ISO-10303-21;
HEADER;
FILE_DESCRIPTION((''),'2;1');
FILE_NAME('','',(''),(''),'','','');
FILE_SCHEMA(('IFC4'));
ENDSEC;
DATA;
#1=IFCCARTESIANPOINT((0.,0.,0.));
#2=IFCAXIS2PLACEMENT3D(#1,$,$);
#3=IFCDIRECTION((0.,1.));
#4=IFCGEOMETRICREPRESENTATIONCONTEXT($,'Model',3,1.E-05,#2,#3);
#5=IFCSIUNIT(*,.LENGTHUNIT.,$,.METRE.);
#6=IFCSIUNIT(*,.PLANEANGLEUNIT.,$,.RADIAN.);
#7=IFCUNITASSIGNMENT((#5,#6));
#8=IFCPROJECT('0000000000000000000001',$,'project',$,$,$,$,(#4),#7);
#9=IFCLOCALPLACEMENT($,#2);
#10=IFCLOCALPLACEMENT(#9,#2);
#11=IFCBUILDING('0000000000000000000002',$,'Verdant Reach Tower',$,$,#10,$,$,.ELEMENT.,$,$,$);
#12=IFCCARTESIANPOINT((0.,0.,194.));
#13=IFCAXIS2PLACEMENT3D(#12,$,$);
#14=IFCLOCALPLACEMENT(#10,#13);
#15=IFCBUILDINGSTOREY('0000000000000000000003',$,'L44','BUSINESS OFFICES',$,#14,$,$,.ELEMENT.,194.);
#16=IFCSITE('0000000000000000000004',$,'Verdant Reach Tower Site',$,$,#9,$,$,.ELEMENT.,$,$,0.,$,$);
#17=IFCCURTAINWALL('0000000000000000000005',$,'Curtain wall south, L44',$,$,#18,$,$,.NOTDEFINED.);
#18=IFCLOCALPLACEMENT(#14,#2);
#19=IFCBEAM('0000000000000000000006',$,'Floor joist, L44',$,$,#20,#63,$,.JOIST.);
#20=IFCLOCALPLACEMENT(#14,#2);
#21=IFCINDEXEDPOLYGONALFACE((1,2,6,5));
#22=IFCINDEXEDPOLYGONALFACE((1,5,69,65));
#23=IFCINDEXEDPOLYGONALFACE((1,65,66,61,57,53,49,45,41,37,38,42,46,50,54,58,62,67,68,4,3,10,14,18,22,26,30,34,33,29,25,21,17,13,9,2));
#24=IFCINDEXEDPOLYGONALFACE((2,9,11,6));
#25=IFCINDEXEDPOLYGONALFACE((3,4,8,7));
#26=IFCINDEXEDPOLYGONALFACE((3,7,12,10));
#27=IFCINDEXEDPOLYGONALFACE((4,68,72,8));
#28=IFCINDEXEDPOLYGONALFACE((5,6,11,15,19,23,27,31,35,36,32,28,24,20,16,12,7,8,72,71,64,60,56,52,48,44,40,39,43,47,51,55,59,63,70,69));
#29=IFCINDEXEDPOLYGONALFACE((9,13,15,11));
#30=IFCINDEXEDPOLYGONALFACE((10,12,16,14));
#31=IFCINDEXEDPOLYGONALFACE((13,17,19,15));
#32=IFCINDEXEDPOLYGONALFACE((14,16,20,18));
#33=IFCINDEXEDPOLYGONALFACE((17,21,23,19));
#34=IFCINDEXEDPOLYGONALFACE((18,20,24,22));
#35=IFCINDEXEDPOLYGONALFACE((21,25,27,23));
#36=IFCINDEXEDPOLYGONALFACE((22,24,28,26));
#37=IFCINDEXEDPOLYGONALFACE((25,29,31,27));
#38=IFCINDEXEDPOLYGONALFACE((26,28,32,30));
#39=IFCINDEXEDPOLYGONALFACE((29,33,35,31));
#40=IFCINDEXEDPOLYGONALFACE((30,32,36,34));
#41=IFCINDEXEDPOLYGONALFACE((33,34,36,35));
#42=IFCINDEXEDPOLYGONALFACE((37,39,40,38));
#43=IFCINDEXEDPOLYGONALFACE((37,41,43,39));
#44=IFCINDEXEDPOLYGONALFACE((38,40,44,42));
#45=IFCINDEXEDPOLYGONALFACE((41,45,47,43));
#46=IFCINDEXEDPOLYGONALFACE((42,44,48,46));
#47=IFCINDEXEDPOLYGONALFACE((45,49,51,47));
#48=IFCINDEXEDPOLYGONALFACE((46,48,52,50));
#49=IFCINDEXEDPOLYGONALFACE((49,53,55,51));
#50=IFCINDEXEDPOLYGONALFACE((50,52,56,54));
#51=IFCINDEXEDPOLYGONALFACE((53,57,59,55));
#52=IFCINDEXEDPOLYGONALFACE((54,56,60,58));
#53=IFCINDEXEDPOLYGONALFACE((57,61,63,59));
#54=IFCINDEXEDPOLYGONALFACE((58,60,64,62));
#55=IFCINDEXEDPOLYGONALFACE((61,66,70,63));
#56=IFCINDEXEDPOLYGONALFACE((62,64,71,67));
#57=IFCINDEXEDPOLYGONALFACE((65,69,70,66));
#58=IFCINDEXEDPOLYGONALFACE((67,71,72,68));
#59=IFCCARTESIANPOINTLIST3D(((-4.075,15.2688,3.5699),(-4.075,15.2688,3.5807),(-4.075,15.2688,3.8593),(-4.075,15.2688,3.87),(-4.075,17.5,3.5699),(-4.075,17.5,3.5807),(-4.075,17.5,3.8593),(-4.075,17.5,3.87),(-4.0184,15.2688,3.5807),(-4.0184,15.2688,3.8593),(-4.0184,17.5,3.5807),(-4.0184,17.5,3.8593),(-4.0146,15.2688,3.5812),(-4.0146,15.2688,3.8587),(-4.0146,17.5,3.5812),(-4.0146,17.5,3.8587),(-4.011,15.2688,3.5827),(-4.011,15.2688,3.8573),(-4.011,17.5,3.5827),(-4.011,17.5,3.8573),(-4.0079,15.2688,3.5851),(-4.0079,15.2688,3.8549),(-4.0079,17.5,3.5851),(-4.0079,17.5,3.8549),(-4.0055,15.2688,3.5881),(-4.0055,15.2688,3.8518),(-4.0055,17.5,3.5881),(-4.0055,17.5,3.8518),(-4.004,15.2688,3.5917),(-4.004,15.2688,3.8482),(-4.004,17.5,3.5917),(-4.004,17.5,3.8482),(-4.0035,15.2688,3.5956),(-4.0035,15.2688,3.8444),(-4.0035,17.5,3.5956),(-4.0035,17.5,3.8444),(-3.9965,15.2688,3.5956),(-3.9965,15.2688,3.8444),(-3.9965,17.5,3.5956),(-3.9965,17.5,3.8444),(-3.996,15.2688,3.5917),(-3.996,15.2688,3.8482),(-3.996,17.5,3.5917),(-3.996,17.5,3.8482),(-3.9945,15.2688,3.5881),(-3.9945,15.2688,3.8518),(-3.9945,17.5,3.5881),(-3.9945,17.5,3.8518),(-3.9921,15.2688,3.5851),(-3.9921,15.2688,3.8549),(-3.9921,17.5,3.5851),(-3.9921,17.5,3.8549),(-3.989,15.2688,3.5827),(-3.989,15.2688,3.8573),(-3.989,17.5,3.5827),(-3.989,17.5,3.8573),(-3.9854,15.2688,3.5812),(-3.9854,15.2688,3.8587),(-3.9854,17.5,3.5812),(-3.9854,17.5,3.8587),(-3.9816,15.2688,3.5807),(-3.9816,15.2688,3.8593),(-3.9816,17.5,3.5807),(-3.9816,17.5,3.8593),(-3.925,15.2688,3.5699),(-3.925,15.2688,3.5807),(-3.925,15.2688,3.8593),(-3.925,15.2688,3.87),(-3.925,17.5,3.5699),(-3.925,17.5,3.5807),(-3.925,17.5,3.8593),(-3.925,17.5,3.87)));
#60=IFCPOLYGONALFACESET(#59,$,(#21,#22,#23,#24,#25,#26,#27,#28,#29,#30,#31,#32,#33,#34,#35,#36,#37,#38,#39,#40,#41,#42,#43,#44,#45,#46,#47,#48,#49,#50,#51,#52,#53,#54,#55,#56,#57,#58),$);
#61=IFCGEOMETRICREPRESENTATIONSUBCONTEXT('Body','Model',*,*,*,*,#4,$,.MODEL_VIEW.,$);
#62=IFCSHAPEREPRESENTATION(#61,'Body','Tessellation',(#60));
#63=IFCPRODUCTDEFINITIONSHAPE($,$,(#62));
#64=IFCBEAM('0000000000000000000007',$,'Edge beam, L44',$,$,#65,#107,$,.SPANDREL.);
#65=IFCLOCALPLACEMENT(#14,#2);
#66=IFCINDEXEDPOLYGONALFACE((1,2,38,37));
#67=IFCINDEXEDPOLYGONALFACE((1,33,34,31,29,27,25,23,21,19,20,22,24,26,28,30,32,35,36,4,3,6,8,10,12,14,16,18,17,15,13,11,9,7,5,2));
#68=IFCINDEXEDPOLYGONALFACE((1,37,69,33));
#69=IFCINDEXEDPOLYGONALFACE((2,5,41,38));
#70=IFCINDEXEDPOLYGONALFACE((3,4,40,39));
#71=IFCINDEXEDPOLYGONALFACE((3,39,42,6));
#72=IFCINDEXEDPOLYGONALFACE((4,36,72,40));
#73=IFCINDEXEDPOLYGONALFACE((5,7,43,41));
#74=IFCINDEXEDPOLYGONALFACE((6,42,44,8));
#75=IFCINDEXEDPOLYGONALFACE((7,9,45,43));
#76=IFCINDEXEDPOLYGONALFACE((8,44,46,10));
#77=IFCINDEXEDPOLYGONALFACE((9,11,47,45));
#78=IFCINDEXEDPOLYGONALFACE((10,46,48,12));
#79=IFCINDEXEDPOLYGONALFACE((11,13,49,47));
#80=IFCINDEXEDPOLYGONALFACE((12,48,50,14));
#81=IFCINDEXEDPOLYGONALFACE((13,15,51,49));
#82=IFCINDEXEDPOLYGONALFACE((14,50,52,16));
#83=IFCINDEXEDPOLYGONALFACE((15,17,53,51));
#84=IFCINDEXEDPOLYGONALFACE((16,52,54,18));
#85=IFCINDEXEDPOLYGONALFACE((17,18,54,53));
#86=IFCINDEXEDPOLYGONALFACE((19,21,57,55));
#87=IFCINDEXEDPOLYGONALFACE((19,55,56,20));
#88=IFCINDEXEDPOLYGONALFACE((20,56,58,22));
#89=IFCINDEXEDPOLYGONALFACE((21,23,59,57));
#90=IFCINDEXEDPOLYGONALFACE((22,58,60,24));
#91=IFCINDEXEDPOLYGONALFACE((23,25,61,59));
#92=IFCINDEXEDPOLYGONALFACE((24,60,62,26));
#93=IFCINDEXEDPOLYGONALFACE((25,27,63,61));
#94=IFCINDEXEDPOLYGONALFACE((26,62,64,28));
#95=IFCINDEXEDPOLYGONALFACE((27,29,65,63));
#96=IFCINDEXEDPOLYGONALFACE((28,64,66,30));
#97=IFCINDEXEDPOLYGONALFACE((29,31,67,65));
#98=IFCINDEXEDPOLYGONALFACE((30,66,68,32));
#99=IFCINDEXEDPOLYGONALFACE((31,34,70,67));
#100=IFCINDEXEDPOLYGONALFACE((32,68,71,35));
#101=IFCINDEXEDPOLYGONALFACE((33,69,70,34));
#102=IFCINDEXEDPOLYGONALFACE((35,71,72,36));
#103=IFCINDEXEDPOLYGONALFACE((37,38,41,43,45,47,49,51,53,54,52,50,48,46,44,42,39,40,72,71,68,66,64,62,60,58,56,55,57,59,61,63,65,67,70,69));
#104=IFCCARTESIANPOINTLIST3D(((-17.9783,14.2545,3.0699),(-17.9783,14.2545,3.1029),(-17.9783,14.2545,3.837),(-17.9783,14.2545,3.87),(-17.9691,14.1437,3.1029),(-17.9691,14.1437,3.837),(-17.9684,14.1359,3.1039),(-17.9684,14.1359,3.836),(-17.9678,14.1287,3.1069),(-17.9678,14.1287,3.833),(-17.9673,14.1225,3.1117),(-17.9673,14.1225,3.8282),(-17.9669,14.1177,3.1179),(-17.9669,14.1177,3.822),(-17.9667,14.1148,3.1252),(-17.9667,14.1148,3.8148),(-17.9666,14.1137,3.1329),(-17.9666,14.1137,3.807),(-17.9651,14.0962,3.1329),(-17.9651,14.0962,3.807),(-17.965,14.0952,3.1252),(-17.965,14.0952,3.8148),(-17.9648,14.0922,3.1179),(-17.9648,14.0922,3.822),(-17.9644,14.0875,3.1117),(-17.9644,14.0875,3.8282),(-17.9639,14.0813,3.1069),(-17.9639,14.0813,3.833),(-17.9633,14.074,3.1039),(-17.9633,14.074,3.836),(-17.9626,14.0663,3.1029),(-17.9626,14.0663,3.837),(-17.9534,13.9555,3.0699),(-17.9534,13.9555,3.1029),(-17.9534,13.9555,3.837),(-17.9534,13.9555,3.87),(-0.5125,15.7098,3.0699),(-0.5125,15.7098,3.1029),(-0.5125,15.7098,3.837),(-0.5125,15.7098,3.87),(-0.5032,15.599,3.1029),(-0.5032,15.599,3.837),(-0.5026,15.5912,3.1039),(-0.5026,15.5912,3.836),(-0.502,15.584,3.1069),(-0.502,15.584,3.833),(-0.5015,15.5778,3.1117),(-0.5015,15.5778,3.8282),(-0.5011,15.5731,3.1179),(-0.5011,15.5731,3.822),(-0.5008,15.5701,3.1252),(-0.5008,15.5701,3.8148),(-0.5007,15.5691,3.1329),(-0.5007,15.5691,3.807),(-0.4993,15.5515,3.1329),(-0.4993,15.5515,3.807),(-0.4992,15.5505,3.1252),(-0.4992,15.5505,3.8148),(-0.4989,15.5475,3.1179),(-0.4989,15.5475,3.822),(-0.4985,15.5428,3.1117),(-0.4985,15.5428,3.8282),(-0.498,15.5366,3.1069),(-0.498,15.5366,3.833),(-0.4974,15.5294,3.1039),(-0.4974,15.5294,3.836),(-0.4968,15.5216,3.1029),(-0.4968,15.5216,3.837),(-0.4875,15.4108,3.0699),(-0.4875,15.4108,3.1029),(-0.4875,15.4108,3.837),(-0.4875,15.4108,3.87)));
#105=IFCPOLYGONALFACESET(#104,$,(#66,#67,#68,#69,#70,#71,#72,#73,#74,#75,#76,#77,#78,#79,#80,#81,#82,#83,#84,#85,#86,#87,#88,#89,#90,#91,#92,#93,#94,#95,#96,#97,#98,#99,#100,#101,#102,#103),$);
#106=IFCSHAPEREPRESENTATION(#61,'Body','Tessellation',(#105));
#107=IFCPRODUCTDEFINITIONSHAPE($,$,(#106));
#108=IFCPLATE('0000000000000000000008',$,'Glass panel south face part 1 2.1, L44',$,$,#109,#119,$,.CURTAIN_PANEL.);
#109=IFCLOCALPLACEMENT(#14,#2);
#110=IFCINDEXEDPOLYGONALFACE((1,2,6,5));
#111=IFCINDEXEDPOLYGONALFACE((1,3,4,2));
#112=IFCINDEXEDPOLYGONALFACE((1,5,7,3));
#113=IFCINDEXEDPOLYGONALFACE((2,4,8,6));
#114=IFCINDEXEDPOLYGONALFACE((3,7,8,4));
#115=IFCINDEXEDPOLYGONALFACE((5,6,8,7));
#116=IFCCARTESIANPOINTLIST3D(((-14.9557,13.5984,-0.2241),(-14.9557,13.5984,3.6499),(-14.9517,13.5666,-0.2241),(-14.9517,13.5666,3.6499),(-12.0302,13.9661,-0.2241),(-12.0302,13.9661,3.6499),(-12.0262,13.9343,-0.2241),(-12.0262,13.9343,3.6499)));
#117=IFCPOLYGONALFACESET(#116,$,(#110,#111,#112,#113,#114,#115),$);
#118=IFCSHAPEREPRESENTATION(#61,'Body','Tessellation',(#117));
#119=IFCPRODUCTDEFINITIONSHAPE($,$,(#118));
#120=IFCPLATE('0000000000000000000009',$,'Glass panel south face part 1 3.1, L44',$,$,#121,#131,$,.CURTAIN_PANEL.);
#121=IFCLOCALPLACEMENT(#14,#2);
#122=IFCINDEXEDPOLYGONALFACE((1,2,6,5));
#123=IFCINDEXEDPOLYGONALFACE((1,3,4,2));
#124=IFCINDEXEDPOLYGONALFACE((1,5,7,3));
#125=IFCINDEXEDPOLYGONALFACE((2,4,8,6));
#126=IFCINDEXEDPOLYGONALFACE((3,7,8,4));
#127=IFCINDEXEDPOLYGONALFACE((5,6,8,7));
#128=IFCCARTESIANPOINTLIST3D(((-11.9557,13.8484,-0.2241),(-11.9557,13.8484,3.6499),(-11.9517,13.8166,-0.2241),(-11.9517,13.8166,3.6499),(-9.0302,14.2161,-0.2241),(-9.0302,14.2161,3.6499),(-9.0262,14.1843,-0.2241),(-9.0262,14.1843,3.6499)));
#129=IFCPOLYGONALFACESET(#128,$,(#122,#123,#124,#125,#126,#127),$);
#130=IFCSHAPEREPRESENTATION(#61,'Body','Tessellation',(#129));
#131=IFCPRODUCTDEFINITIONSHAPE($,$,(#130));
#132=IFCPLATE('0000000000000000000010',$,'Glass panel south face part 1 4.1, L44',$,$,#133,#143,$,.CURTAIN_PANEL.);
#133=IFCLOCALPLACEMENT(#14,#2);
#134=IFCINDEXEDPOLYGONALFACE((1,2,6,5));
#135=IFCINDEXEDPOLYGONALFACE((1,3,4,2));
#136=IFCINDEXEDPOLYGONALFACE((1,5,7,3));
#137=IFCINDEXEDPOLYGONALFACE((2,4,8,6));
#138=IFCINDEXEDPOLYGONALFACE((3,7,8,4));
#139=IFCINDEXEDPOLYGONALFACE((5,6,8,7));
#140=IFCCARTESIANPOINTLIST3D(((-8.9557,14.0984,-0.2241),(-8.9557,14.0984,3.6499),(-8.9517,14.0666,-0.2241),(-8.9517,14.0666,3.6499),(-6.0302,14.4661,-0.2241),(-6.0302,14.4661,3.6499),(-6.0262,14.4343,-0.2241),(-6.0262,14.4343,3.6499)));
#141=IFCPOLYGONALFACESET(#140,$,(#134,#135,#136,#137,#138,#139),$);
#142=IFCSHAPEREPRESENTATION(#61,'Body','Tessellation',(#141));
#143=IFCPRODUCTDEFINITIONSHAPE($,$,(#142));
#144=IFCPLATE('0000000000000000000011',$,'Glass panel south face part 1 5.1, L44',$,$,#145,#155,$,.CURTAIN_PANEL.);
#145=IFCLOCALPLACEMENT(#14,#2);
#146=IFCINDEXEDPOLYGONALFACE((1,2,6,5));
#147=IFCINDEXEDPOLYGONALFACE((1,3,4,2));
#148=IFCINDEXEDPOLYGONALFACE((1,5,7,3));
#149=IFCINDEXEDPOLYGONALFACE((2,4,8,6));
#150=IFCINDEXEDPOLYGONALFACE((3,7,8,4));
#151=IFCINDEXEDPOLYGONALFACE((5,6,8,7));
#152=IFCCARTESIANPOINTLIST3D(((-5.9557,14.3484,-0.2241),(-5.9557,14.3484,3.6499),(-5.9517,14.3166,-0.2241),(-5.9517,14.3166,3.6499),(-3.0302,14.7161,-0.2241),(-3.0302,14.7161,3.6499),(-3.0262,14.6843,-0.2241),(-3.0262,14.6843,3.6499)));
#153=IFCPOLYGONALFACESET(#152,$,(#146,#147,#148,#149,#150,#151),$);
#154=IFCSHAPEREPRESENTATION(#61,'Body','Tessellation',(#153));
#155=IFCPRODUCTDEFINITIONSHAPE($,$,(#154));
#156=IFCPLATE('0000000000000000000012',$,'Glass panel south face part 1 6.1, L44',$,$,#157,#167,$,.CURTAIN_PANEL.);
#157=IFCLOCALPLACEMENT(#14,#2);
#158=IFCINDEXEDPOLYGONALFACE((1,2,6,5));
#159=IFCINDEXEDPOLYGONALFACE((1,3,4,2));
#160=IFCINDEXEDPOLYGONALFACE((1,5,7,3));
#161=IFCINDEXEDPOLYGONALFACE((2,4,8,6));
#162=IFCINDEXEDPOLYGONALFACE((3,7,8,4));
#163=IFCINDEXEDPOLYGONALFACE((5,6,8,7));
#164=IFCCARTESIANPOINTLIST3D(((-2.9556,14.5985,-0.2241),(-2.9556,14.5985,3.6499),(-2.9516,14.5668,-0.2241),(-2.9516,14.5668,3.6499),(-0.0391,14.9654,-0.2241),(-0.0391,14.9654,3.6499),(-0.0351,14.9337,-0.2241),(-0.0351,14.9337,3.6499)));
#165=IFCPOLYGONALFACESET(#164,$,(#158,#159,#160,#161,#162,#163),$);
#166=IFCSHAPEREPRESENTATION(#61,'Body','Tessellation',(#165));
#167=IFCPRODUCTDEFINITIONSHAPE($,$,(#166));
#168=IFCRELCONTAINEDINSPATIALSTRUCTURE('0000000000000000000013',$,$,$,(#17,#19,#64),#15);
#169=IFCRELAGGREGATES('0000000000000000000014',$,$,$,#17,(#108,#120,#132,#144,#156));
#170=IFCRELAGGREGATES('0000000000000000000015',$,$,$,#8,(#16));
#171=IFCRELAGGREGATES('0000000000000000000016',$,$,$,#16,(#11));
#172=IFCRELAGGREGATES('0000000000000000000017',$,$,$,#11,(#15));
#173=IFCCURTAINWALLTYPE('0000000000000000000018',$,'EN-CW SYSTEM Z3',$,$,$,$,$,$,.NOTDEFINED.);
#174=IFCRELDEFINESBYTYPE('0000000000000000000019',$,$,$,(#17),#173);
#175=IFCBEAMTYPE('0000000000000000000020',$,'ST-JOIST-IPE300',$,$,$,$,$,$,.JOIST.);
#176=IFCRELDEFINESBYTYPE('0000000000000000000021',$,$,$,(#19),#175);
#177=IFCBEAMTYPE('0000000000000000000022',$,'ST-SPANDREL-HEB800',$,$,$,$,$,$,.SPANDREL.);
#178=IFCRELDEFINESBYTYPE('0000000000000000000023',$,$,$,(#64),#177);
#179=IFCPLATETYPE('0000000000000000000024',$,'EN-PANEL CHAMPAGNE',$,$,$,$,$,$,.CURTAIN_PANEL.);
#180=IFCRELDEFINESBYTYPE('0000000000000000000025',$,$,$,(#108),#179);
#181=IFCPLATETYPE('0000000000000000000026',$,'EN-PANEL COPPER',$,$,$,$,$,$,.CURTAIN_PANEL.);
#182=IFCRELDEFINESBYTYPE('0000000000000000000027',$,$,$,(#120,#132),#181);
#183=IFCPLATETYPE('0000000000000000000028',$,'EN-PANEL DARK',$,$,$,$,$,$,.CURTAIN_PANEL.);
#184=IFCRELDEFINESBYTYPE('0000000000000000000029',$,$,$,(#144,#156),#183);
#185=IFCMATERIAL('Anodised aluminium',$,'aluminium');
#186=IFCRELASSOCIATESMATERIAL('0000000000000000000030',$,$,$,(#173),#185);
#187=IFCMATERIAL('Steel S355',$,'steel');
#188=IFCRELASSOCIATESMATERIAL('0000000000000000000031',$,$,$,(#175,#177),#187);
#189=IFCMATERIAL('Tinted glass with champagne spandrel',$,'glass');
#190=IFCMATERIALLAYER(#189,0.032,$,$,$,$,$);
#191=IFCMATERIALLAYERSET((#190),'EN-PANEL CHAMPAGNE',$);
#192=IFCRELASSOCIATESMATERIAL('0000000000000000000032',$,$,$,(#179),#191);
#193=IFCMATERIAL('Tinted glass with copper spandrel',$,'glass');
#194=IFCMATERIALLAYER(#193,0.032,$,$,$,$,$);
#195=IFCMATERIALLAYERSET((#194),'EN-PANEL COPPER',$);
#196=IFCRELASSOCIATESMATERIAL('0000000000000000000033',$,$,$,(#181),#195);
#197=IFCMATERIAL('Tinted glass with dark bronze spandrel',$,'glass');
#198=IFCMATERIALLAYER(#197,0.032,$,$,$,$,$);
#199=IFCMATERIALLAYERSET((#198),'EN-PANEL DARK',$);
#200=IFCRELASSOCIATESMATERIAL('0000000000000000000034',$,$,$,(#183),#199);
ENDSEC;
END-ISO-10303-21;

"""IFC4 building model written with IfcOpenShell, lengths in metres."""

from ifc_helpers import new_model, si_unit, direction, frame, origin, origin_2d, place, context, subcontext, project, spatial, rectangle, i_section, extrude, material, layer, layer_set, material_profile, profile_set, type_object, element, aggregate, save


model = new_model("IFC4")

# Units and contexts
model_context = context("Model", 3, precision=1e-05, world=origin(), true_north=direction((0.0, 1.0)))
body_context = subcontext(model_context, "Body", "Model", "MODEL_VIEW")
ifc_project = project(units=[si_unit("LENGTHUNIT", "METRE"), si_unit("PLANEANGLEUNIT", "RADIAN")], contexts=[model_context])

# Site, building, storey
site_placement = place(None, origin())
site = spatial("IfcSite", under=ifc_project, at=site_placement, Name="Verdant Reach Tower Site", CompositionType="ELEMENT", RefElevation=0.0)
building_placement = place(site_placement, origin())
building = spatial("IfcBuilding", under=site, at=building_placement, Name="Verdant Reach Tower", CompositionType="ELEMENT")
storey_placement = place(building_placement, frame((0.0, 0.0, 194.0)))
storey = spatial("IfcBuildingStorey", under=building, at=storey_placement, Name="L44", Description="BUSINESS OFFICES", CompositionType="ELEMENT", Elevation=194.0)

# Curtain wall
ifc_material_1 = material(Name="Anodised aluminium", Category="aluminium")
curtain_wall_type = type_object("IfcCurtainWallType", Name="EN-CW SYSTEM Z3", PredefinedType="NOTDEFINED", material=ifc_material_1)
curtain_wall_placement = place(storey_placement, origin())
curtain_wall = element("IfcCurtainWall", 1, at=curtain_wall_placement, inside=storey, type_object=curtain_wall_type, Name="Curtain wall south, L44", PredefinedType="NOTDEFINED")

# Beams
ifc_material_2 = material(Name="Steel S355", Category="steel")
ifc_material_profile_1 = material_profile(ifc_material_2, i_section(OverallWidth=0.1499, OverallDepth=0.3, WebThickness=0.0071, FlangeThickness=0.0107, FilletRadius=0.0149, at=origin_2d()), Name="IPE 300")
ifc_profile_set_1 = profile_set([ifc_material_profile_1], Name="Steel S355")
beam_type_1 = type_object("IfcBeamType", Name="ST-JOIST-IPE300", PredefinedType="JOIST", material=ifc_profile_set_1)
beam_1_placement = place(storey_placement, frame((-4.0, 17.5, 3.72), z_axis=(0.0, -1.0, 0.0), x_axis=(1.0, 0.0, 0.0)))
element("IfcBeam", 2, at=beam_1_placement, inside=storey, type_object=beam_type_1, Name="Floor joist, L44", PredefinedType="JOIST", context=body_context, shape_type="SweptSolid", body=[
    extrude(i_section(OverallWidth=0.1499, OverallDepth=0.3, WebThickness=0.0071, FlangeThickness=0.0107, FilletRadius=0.0149, at=origin_2d()), origin(), (0.0, 0.0, 1.0), 2.2312),
])
ifc_material_profile_2 = material_profile(ifc_material_2, i_section(OverallWidth=0.3, OverallDepth=0.8, WebThickness=0.0176, FlangeThickness=0.033, FilletRadius=0.03, at=origin_2d()), Name="HEB 800")
ifc_profile_set_2 = profile_set([ifc_material_profile_2], Name="Steel S355")
beam_type_2 = type_object("IfcBeamType", Name="ST-SPANDREL-HEB800", PredefinedType="SPANDREL", material=ifc_profile_set_2)
beam_2_placement = place(storey_placement, frame((-0.5, 15.5603, 3.47), z_axis=(-0.996547, -0.083036, 0.0), x_axis=(0.083036, -0.996547, 0.0)))
element("IfcBeam", 3, at=beam_2_placement, inside=storey, type_object=beam_type_2, Name="Edge beam, L44", PredefinedType="SPANDREL", context=body_context, shape_type="SweptSolid", body=[
    extrude(i_section(OverallWidth=0.3, OverallDepth=0.8, WebThickness=0.0176, FlangeThickness=0.033, FilletRadius=0.03, at=origin_2d()), origin(), (0.0, 0.0, 1.0), 17.5264),
])

# Plates
ifc_material_3 = material(Name="Tinted glass with champagne spandrel", Category="glass")
ifc_layer_1 = layer(ifc_material_3, 0.032)
ifc_layer_set_1 = layer_set([ifc_layer_1], Name="EN-PANEL CHAMPAGNE")
plate_type_1 = type_object("IfcPlateType", Name="EN-PANEL CHAMPAGNE", PredefinedType="CURTAIN_PANEL", material=ifc_layer_set_1)
plate_1_placement = place(storey_placement, frame((-13.491, 13.7664, -0.2241), z_axis=(0.0, 0.0, 1.0), x_axis=(0.992194, 0.124704, 0.0)))
plate_1 = element("IfcPlate", 4, at=plate_1_placement, type_object=plate_type_1, Name="Glass panel south face part 1 2.1, L44", PredefinedType="CURTAIN_PANEL", context=body_context, shape_type="SweptSolid", body=[
    extrude(rectangle(XDim=2.9485, YDim=0.032, at=origin_2d()), origin(), (0.0, 0.0, 1.0), 3.874),
])
ifc_material_4 = material(Name="Tinted glass with copper spandrel", Category="glass")
ifc_layer_2 = layer(ifc_material_4, 0.032)
ifc_layer_set_2 = layer_set([ifc_layer_2], Name="EN-PANEL COPPER")
plate_type_2 = type_object("IfcPlateType", Name="EN-PANEL COPPER", PredefinedType="CURTAIN_PANEL", material=ifc_layer_set_2)
plate_2_placement = place(storey_placement, frame((-10.491, 14.0164, -0.2241), z_axis=(0.0, 0.0, 1.0), x_axis=(0.992194, 0.124704, 0.0)))
plate_2 = element("IfcPlate", 5, at=plate_2_placement, type_object=plate_type_2, Name="Glass panel south face part 1 3.1, L44", PredefinedType="CURTAIN_PANEL", context=body_context, shape_type="SweptSolid", body=[
    extrude(rectangle(XDim=2.9485, YDim=0.032, at=origin_2d()), origin(), (0.0, 0.0, 1.0), 3.874),
])
plate_3_placement = place(storey_placement, frame((-7.491, 14.2664, -0.2241), z_axis=(0.0, 0.0, 1.0), x_axis=(0.992194, 0.124704, 0.0)))
plate_3 = element("IfcPlate", 6, at=plate_3_placement, type_object=plate_type_2, Name="Glass panel south face part 1 4.1, L44", PredefinedType="CURTAIN_PANEL", context=body_context, shape_type="SweptSolid", body=[
    extrude(rectangle(XDim=2.9485, YDim=0.032, at=origin_2d()), origin(), (0.0, 0.0, 1.0), 3.874),
])
ifc_material_5 = material(Name="Tinted glass with dark bronze spandrel", Category="glass")
ifc_layer_3 = layer(ifc_material_5, 0.032)
ifc_layer_set_3 = layer_set([ifc_layer_3], Name="EN-PANEL DARK")
plate_type_3 = type_object("IfcPlateType", Name="EN-PANEL DARK", PredefinedType="CURTAIN_PANEL", material=ifc_layer_set_3)
plate_4_placement = place(storey_placement, frame((-4.491, 14.5164, -0.2241), z_axis=(0.0, 0.0, 1.0), x_axis=(0.992194, 0.124704, 0.0)))
plate_4 = element("IfcPlate", 7, at=plate_4_placement, type_object=plate_type_3, Name="Glass panel south face part 1 5.1, L44", PredefinedType="CURTAIN_PANEL", context=body_context, shape_type="SweptSolid", body=[
    extrude(rectangle(XDim=2.9485, YDim=0.032, at=origin_2d()), origin(), (0.0, 0.0, 1.0), 3.874),
])
plate_5_placement = place(storey_placement, frame((-1.4954, 14.7661, -0.2241), z_axis=(0.0, 0.0, 1.0), x_axis=(0.992178, 0.124828, 0.0)))
plate_5 = element("IfcPlate", 8, at=plate_5_placement, type_object=plate_type_3, Name="Glass panel south face part 1 6.1, L44", PredefinedType="CURTAIN_PANEL", context=body_context, shape_type="SweptSolid", body=[
    extrude(rectangle(XDim=2.9395, YDim=0.032, at=origin_2d()), origin(), (0.0, 0.0, 1.0), 3.874),
])
aggregate(curtain_wall, [plate_1, plate_2, plate_3, plate_4, plate_5])

save(model, "model.ifc")
